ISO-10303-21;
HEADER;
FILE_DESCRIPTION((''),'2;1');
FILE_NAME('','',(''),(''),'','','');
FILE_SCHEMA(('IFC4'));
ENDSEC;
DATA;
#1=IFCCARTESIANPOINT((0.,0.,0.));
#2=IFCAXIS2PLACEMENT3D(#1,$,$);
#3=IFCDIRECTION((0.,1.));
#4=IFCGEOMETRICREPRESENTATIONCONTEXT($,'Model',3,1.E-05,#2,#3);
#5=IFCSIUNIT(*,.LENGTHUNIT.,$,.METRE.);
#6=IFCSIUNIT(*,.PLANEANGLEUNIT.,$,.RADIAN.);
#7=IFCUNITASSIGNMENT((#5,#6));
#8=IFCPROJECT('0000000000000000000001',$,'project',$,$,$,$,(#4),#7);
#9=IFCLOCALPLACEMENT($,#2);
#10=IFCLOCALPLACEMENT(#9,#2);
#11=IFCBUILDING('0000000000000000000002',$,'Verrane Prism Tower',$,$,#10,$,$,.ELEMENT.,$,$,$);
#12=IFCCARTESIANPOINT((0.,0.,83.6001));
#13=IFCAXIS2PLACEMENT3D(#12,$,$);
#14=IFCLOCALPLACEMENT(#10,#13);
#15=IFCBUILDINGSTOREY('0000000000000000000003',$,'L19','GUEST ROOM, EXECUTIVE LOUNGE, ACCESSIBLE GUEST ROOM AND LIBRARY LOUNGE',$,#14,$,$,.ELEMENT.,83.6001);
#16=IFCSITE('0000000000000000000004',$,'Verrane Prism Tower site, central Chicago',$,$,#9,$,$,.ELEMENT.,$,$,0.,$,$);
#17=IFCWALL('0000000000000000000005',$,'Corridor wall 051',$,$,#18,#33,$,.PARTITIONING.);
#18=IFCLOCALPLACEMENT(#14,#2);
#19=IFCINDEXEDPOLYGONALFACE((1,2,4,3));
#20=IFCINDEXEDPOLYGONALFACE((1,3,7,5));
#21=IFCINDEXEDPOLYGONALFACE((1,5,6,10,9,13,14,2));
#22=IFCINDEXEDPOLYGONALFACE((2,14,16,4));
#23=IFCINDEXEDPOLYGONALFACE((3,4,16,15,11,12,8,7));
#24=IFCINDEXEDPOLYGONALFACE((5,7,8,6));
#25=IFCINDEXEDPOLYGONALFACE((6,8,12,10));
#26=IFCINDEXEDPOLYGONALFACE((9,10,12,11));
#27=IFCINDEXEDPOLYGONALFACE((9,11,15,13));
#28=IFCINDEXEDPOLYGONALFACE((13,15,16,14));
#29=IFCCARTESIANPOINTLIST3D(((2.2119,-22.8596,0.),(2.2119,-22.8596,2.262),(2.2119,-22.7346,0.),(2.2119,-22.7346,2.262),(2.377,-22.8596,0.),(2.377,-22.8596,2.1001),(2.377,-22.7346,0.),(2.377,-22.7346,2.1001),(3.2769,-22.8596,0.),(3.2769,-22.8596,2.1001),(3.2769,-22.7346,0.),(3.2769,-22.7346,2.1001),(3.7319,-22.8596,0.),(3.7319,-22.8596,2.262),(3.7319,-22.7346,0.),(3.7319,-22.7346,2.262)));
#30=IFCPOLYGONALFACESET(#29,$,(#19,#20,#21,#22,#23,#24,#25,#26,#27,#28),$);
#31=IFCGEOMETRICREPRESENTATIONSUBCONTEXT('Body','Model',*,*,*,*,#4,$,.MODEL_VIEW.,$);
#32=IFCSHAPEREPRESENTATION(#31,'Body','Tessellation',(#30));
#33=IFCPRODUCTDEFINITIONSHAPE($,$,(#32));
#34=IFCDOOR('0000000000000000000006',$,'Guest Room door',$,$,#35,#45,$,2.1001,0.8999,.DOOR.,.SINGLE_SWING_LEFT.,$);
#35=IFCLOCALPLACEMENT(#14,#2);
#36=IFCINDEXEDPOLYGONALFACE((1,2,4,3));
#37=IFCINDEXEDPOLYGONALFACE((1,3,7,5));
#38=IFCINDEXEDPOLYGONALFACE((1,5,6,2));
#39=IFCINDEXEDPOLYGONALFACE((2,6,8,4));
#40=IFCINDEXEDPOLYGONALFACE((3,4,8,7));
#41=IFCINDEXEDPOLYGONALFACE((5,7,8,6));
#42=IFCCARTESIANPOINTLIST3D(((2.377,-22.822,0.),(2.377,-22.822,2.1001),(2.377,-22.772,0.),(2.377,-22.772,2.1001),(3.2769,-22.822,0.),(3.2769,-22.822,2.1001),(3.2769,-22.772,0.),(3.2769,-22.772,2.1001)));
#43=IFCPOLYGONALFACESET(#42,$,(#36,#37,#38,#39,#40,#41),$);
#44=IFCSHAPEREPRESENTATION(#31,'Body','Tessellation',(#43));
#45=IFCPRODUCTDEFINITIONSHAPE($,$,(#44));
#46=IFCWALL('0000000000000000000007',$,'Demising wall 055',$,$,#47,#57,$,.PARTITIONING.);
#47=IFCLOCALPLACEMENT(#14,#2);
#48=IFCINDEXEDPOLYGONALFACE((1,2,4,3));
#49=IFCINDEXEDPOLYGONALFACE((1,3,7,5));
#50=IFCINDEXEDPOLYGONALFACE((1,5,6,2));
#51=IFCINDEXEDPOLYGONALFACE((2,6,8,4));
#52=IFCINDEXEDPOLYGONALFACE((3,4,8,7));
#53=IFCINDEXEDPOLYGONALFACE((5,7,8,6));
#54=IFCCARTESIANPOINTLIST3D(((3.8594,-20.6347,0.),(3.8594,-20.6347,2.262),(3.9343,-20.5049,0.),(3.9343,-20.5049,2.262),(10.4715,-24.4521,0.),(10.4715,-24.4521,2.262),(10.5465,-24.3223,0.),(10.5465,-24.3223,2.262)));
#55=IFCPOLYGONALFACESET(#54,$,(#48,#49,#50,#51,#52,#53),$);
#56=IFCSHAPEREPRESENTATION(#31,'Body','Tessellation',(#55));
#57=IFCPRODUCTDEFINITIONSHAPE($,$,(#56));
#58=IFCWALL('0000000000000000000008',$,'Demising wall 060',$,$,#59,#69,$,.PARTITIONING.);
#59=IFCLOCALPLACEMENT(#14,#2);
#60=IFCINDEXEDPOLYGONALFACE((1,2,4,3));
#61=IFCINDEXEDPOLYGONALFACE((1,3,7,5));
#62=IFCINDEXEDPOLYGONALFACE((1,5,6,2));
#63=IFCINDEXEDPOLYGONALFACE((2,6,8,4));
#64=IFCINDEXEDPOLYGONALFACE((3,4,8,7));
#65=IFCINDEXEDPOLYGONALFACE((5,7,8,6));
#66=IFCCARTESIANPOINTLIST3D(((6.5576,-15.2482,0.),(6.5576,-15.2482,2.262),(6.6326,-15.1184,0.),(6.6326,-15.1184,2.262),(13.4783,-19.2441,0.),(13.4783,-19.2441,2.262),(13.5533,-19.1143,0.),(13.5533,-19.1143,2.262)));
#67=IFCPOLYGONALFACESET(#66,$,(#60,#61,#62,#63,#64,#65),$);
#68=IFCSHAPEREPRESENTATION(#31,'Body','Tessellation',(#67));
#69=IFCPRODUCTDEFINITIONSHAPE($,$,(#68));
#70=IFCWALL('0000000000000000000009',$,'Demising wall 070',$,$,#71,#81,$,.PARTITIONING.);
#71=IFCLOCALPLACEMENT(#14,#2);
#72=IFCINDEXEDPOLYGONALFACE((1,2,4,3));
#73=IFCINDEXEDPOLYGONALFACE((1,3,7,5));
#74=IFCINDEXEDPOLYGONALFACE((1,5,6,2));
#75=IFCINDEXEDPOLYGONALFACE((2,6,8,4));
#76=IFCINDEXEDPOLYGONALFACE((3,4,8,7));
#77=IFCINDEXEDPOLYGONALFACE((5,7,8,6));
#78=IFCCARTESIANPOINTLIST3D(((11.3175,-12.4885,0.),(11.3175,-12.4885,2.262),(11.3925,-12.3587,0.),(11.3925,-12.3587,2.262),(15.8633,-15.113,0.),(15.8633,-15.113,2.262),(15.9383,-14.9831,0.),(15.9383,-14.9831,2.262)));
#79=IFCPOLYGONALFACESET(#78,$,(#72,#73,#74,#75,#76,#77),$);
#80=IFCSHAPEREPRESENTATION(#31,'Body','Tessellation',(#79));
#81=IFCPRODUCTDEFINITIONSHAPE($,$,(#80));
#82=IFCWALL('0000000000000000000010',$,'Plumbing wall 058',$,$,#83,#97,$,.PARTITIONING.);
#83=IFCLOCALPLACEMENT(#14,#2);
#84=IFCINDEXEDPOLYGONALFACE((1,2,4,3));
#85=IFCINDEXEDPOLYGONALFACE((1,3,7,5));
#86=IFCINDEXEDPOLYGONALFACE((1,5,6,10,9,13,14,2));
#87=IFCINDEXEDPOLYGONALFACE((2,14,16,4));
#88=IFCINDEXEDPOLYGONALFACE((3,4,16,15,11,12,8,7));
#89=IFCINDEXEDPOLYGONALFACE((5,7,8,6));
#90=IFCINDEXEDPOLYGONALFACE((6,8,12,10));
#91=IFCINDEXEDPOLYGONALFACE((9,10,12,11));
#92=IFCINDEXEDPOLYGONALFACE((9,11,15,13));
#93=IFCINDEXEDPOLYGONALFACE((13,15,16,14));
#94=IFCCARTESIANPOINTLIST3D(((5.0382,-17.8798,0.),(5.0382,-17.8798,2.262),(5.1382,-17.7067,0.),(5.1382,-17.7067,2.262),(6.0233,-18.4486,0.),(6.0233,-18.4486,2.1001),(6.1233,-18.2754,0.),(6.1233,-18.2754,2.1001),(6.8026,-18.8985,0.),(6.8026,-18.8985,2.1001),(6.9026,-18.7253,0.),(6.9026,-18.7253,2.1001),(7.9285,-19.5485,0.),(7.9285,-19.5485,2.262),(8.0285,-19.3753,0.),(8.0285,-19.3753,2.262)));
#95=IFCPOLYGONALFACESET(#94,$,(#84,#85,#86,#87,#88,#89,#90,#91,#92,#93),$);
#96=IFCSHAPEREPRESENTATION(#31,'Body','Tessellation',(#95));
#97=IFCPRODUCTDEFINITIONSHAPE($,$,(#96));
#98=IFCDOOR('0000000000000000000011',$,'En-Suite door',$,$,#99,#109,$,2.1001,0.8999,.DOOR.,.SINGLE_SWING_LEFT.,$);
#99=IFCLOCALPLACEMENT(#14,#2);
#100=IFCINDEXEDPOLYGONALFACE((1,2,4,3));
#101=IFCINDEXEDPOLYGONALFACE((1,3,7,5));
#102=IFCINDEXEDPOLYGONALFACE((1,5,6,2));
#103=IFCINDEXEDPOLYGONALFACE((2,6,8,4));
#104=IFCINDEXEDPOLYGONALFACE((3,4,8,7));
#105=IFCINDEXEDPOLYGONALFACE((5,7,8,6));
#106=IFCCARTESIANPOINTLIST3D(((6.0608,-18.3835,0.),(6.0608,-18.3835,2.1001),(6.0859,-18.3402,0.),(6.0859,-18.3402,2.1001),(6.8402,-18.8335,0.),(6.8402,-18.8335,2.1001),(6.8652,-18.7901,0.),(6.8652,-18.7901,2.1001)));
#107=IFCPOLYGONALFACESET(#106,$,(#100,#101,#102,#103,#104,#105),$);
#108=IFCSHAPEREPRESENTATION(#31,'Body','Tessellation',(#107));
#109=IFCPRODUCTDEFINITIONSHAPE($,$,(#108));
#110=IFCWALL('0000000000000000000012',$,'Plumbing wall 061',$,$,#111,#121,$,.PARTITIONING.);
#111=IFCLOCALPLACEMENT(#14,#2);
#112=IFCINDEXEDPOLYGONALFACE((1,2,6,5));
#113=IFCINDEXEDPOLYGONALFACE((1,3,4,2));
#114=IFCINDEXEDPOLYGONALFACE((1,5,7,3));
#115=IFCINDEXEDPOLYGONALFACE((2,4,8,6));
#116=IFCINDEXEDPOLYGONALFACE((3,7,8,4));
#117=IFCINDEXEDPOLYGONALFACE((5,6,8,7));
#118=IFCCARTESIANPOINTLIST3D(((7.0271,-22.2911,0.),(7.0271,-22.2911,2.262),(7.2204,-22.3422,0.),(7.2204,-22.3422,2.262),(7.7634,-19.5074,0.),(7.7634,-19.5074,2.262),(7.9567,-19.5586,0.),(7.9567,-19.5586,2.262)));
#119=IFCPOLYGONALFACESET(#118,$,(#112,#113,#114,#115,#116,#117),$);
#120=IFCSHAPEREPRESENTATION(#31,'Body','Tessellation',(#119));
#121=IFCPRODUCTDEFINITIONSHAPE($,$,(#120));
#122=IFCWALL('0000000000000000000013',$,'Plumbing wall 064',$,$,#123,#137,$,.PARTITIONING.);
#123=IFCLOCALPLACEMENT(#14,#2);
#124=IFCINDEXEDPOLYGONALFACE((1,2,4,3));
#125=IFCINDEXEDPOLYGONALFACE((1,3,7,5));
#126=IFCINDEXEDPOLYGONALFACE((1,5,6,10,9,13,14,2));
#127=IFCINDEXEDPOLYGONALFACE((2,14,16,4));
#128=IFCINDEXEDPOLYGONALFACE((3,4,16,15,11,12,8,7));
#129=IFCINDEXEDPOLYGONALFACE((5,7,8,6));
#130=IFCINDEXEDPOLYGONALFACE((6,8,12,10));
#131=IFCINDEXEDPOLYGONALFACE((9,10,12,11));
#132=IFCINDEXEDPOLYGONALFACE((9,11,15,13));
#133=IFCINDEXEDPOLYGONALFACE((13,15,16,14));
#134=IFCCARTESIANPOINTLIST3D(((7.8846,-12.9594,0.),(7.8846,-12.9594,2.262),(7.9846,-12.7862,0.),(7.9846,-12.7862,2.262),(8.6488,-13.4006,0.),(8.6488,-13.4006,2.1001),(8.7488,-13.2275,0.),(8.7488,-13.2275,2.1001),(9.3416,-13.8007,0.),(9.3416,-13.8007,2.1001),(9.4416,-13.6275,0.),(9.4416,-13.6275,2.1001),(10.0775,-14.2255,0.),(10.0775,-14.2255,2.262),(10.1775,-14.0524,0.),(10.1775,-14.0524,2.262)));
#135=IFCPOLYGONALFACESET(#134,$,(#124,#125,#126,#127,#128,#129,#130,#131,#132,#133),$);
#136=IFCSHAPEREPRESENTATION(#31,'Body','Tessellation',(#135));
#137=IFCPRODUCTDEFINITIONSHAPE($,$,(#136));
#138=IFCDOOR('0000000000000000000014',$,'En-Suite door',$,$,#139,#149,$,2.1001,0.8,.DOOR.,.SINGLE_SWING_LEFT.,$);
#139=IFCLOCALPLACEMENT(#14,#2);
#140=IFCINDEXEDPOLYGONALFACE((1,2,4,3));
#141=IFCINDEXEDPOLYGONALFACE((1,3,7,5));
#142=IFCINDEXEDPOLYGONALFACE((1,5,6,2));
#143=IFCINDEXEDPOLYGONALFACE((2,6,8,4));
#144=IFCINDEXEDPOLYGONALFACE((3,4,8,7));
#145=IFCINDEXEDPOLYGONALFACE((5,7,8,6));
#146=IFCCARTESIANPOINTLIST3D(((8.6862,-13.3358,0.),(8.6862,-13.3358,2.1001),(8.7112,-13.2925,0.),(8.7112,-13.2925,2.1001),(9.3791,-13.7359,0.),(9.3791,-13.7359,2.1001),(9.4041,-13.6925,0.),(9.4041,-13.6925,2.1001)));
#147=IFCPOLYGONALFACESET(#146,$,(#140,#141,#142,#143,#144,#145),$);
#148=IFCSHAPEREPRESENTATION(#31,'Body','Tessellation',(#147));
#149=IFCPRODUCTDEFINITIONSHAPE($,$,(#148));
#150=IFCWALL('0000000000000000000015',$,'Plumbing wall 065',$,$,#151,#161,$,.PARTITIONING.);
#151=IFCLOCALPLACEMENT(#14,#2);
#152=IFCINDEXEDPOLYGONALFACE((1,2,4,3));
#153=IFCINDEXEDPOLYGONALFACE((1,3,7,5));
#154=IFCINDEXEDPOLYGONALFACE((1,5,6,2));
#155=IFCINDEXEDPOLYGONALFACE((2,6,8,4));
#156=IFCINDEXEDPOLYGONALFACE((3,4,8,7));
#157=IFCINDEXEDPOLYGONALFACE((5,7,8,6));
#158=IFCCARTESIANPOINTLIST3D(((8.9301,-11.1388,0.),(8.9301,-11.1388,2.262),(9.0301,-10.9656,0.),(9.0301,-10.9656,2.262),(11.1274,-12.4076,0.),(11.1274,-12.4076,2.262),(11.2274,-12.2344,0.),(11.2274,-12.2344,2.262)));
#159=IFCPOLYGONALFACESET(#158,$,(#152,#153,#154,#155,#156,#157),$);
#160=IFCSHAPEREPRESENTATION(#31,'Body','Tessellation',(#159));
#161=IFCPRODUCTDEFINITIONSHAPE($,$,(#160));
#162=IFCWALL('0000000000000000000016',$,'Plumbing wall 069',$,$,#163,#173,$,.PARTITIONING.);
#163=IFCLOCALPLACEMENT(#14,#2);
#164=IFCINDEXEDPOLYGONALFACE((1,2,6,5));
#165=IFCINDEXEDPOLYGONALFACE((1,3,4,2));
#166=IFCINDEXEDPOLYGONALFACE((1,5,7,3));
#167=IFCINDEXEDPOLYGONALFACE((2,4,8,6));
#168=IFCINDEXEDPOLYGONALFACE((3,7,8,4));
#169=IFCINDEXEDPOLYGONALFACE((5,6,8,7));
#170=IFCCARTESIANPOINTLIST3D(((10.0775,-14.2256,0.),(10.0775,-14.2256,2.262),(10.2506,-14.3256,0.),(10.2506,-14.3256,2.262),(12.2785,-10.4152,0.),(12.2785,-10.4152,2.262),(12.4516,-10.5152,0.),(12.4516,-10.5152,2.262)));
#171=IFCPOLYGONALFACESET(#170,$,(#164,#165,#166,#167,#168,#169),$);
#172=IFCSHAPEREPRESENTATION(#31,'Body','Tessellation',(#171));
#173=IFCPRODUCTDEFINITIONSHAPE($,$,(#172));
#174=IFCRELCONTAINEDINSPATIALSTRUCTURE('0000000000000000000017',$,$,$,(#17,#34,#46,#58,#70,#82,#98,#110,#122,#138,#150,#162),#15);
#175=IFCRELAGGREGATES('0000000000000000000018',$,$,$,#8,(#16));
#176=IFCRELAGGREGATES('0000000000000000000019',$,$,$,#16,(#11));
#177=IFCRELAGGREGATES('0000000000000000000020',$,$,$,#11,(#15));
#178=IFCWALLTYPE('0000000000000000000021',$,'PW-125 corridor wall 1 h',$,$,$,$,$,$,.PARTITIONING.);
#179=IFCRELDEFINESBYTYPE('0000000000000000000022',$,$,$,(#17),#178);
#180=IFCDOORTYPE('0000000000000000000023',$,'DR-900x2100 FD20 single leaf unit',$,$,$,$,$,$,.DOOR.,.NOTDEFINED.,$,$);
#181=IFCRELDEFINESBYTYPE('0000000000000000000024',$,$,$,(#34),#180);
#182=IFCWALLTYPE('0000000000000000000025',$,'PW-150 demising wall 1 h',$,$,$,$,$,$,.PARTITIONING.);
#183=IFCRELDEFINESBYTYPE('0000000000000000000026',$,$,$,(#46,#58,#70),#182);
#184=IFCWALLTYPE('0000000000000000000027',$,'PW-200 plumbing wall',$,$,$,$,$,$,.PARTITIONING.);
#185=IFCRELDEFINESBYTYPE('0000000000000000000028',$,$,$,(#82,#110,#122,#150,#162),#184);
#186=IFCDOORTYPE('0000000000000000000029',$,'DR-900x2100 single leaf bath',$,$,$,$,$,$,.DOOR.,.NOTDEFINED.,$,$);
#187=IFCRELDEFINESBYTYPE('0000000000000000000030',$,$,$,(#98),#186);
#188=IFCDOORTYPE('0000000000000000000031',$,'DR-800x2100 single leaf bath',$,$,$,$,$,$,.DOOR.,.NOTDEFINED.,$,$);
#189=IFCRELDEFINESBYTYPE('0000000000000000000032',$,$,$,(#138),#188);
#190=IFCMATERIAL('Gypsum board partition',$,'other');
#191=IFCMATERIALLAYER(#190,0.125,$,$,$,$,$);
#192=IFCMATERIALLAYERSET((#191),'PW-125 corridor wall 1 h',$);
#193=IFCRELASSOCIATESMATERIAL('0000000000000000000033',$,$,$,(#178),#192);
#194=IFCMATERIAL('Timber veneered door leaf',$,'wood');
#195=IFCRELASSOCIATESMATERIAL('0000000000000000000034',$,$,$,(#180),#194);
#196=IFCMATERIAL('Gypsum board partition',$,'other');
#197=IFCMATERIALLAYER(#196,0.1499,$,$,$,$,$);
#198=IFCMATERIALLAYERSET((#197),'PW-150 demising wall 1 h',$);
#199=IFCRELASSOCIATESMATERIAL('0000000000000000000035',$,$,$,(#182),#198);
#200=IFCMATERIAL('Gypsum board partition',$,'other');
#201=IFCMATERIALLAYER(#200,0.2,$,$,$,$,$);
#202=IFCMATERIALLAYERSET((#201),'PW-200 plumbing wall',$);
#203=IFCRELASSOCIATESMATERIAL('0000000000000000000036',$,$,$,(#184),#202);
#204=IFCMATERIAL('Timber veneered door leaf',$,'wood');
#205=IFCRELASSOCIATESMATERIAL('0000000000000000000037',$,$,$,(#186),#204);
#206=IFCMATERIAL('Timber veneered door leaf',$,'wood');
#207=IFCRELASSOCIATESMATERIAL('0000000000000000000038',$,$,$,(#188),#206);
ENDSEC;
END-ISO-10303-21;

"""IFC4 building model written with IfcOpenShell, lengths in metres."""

from ifc_helpers import new_model, si_unit, direction, frame, frame_2d, origin, place, context, subcontext, project, spatial, rectangle, extrude, material, layer, layer_set, type_object, element, fill, save


model = new_model("IFC4")

# Units and contexts
model_context = context("Model", 3, precision=1e-05, world=origin(), true_north=direction((0.0, 1.0)))
body_context = subcontext(model_context, "Body", "Model", "MODEL_VIEW")
ifc_project = project(units=[si_unit("LENGTHUNIT", "METRE"), si_unit("PLANEANGLEUNIT", "RADIAN")], contexts=[model_context])

# Site, building, storey
site_placement = place(None, origin())
site = spatial("IfcSite", under=ifc_project, at=site_placement, Name="Verrane Prism Tower site, central Chicago", CompositionType="ELEMENT", RefElevation=0.0)
building_placement = place(site_placement, origin())
building = spatial("IfcBuilding", under=site, at=building_placement, Name="Verrane Prism Tower", CompositionType="ELEMENT")
storey_placement = place(building_placement, frame((0.0, 0.0, 83.6001)))
storey = spatial("IfcBuildingStorey", under=building, at=storey_placement, Name="L19", Description="GUEST ROOM, EXECUTIVE LOUNGE, ACCESSIBLE GUEST ROOM AND LIBRARY LOUNGE", CompositionType="ELEMENT", Elevation=83.6001)

# Wall, opening, door
ifc_material_1 = material(Name="Gypsum board partition", Category="other")
ifc_layer_1 = layer(ifc_material_1, 0.125)
ifc_layer_set_1 = layer_set([ifc_layer_1], Name="PW-125 corridor wall 1 h")
wall_type_1 = type_object("IfcWallType", Name="PW-125 corridor wall 1 h", PredefinedType="PARTITIONING", material=ifc_layer_set_1)
wall_1_placement = place(storey_placement, frame((3.7319, -22.7971, 0.0), z_axis=(0.0, 0.0, 1.0), x_axis=(-1.0, 0.0, 0.0)))
wall_1 = element("IfcWall", 1, at=wall_1_placement, inside=storey, type_object=wall_type_1, Name="Corridor wall 051", PredefinedType="PARTITIONING", context=body_context, shape_type="SweptSolid", body=[
    extrude(rectangle(XDim=1.52, YDim=0.125, at=frame_2d((0.76, 0.0))), origin(), (0.0, 0.0, 1.0), 2.262),
])
opening_1_placement = place(wall_1_placement, frame((0.4551, 0.0, 0.0)))
opening_1 = element("IfcOpeningElement", 2, at=opening_1_placement, cuts=wall_1, PredefinedType="OPENING", context=body_context, shape_type="SweptSolid", body=[
    extrude(rectangle(XDim=0.8999, YDim=2.1001, at=frame_2d((0.45, 1.05))), frame((0.0, 0.0725, 0.0), z_axis=(0.0, -1.0, 0.0), x_axis=(1.0, 0.0, 0.0)), (0.0, 0.0, 1.0), 0.145),
])
ifc_material_2 = material(Name="Timber veneered door leaf", Category="wood")
door_type_1 = type_object("IfcDoorType", Name="DR-900x2100 FD20 single leaf unit", OperationType="NOTDEFINED", PredefinedType="DOOR", material=ifc_material_2)
door_1_placement = place(opening_1_placement, origin())
door_1 = element("IfcDoor", 3, at=door_1_placement, inside=storey, type_object=door_type_1, Name="Guest Room door", OperationType="SINGLE_SWING_LEFT", OverallHeight=2.1001, OverallWidth=0.8999, PredefinedType="DOOR", context=body_context, shape_type="SweptSolid", body=[
    extrude(rectangle(XDim=0.8999, YDim=2.1001, at=frame_2d((0.45, 1.05))), frame((0.0, 0.0249, 0.0), z_axis=(0.0, -1.0, 0.0), x_axis=(1.0, 0.0, 0.0)), (0.0, 0.0, 1.0), 0.05),
])
fill(opening_1, door_1)

# Walls
ifc_material_3 = material(Name="Gypsum board partition", Category="other")
ifc_layer_2 = layer(ifc_material_3, 0.1499)
ifc_layer_set_2 = layer_set([ifc_layer_2], Name="PW-150 demising wall 1 h")
wall_type_2 = type_object("IfcWallType", Name="PW-150 demising wall 1 h", PredefinedType="PARTITIONING", material=ifc_layer_set_2)
wall_2_placement = place(storey_placement, frame((3.897, -20.5698, 0.0), z_axis=(0.0, 0.0, 1.0), x_axis=(0.866031, -0.499991, 0.0)))
element("IfcWall", 4, at=wall_2_placement, inside=storey, type_object=wall_type_2, Name="Demising wall 055", PredefinedType="PARTITIONING", context=body_context, shape_type="SweptSolid", body=[
    extrude(rectangle(XDim=7.635, YDim=0.1499, at=frame_2d((3.8174, 0.0))), origin(), (0.0, 0.0, 1.0), 2.262),
])
wall_3_placement = place(storey_placement, frame((6.5952, -15.1833, 0.0), z_axis=(0.0, 0.0, 1.0), x_axis=(0.866014, -0.50002, 0.0)))
element("IfcWall", 5, at=wall_3_placement, inside=storey, type_object=wall_type_2, Name="Demising wall 060", PredefinedType="PARTITIONING", context=body_context, shape_type="SweptSolid", body=[
    extrude(rectangle(XDim=7.9915, YDim=0.1499, at=frame_2d((3.9956, 0.0))), origin(), (0.0, 0.0, 1.0), 2.262),
])
wall_4_placement = place(storey_placement, frame((11.355, -12.4236, 0.0), z_axis=(0.0, 0.0, 1.0), x_axis=(0.866031, -0.499991, 0.0)))
element("IfcWall", 6, at=wall_4_placement, inside=storey, type_object=wall_type_2, Name="Demising wall 070", PredefinedType="PARTITIONING", context=body_context, shape_type="SweptSolid", body=[
    extrude(rectangle(XDim=5.249, YDim=0.1499, at=frame_2d((2.6245, 0.0))), origin(), (0.0, 0.0, 1.0), 2.262),
])

# Wall, opening, door
ifc_material_4 = material(Name="Gypsum board partition", Category="other")
ifc_layer_3 = layer(ifc_material_4, 0.2)
ifc_layer_set_3 = layer_set([ifc_layer_3], Name="PW-200 plumbing wall")
wall_type_3 = type_object("IfcWallType", Name="PW-200 plumbing wall", PredefinedType="PARTITIONING", material=ifc_layer_set_3)
wall_5_placement = place(storey_placement, frame((7.9785, -19.4619, 0.0), z_axis=(0.0, 0.0, 1.0), x_axis=(-0.866033, 0.499986, 0.0)))
wall_5 = element("IfcWall", 7, at=wall_5_placement, inside=storey, type_object=wall_type_3, Name="Plumbing wall 058", PredefinedType="PARTITIONING", context=body_context, shape_type="SweptSolid", body=[
    extrude(rectangle(XDim=3.3374, YDim=0.2, at=frame_2d((1.6687, 0.0))), origin(), (0.0, 0.0, 1.0), 2.262),
])
opening_2_placement = place(wall_5_placement, frame((1.3, 0.0, 0.0)))
opening_2 = element("IfcOpeningElement", 8, at=opening_2_placement, cuts=wall_5, PredefinedType="OPENING", context=body_context, shape_type="SweptSolid", body=[
    extrude(rectangle(XDim=0.8999, YDim=2.1001, at=frame_2d((0.45, 1.05))), frame((0.0, 0.1099, 0.0), z_axis=(0.0, -1.0, 0.0), x_axis=(1.0, 0.0, 0.0)), (0.0, 0.0, 1.0), 0.22),
])
ifc_material_5 = material(Name="Timber veneered door leaf", Category="wood")
door_type_2 = type_object("IfcDoorType", Name="DR-900x2100 single leaf bath", OperationType="NOTDEFINED", PredefinedType="DOOR", material=ifc_material_5)
door_2_placement = place(opening_2_placement, origin())
door_2 = element("IfcDoor", 9, at=door_2_placement, inside=storey, type_object=door_type_2, Name="En-Suite door", OperationType="SINGLE_SWING_LEFT", OverallHeight=2.1001, OverallWidth=0.8999, PredefinedType="DOOR", context=body_context, shape_type="SweptSolid", body=[
    extrude(rectangle(XDim=0.8999, YDim=2.1001, at=frame_2d((0.45, 1.05))), frame((0.0, 0.0249, 0.0), z_axis=(0.0, -1.0, 0.0), x_axis=(1.0, 0.0, 0.0)), (0.0, 0.0, 1.0), 0.05),
])
fill(opening_2, door_2)

# Wall
wall_6_placement = place(storey_placement, frame((7.1238, -22.3167, 0.0), z_axis=(0.0, 0.0, 1.0), x_axis=(0.25572, 0.966751, 0.0)))
element("IfcWall", 10, at=wall_6_placement, inside=storey, type_object=wall_type_3, Name="Plumbing wall 061", PredefinedType="PARTITIONING", context=body_context, shape_type="SweptSolid", body=[
    extrude(rectangle(XDim=2.8794, YDim=0.2, at=frame_2d((1.4397, 0.0))), origin(), (0.0, 0.0, 1.0), 2.262),
])

# Wall, opening, door
wall_7_placement = place(storey_placement, frame((7.9346, -12.8728, 0.0), z_axis=(0.0, 0.0, 1.0), x_axis=(0.866015, -0.500017, 0.0)))
wall_7 = element("IfcWall", 11, at=wall_7_placement, inside=storey, type_object=wall_type_3, Name="Plumbing wall 064", PredefinedType="PARTITIONING", context=body_context, shape_type="SweptSolid", body=[
    extrude(rectangle(XDim=2.5322, YDim=0.2, at=frame_2d((1.2661, 0.0))), origin(), (0.0, 0.0, 1.0), 2.262),
])
opening_3_placement = place(wall_7_placement, frame((0.8826, 0.0, 0.0)))
opening_3 = element("IfcOpeningElement", 12, at=opening_3_placement, cuts=wall_7, PredefinedType="OPENING", context=body_context, shape_type="SweptSolid", body=[
    extrude(rectangle(XDim=0.8, YDim=2.1001, at=frame_2d((0.3999, 1.05))), frame((0.0, 0.1099, 0.0), z_axis=(0.0, -1.0, 0.0), x_axis=(1.0, 0.0, 0.0)), (0.0, 0.0, 1.0), 0.22),
])
ifc_material_6 = material(Name="Timber veneered door leaf", Category="wood")
door_type_3 = type_object("IfcDoorType", Name="DR-800x2100 single leaf bath", OperationType="NOTDEFINED", PredefinedType="DOOR", material=ifc_material_6)
door_3_placement = place(opening_3_placement, origin())
door_3 = element("IfcDoor", 13, at=door_3_placement, inside=storey, type_object=door_type_3, Name="En-Suite door", OperationType="SINGLE_SWING_LEFT", OverallHeight=2.1001, OverallWidth=0.8, PredefinedType="DOOR", context=body_context, shape_type="SweptSolid", body=[
    extrude(rectangle(XDim=0.8, YDim=2.1001, at=frame_2d((0.3999, 1.05))), frame((0.0, 0.0249, 0.0), z_axis=(0.0, -1.0, 0.0), x_axis=(1.0, 0.0, 0.0)), (0.0, 0.0, 1.0), 0.05),
])
fill(opening_3, door_3)

# Walls
wall_8_placement = place(storey_placement, frame((8.9802, -11.0522, 0.0), z_axis=(0.0, 0.0, 1.0), x_axis=(0.86599, -0.500061, 0.0)))
element("IfcWall", 14, at=wall_8_placement, inside=storey, type_object=wall_type_3, Name="Plumbing wall 065", PredefinedType="PARTITIONING", context=body_context, shape_type="SweptSolid", body=[
    extrude(rectangle(XDim=2.5374, YDim=0.2, at=frame_2d((1.2686, 0.0))), origin(), (0.0, 0.0, 1.0), 2.262),
])
wall_9_placement = place(storey_placement, frame((10.1641, -14.2756, 0.0), z_axis=(0.0, 0.0, 1.0), x_axis=(0.500179, 0.865922, 0.0)))
element("IfcWall", 15, at=wall_9_placement, inside=storey, type_object=wall_type_3, Name="Plumbing wall 069", PredefinedType="PARTITIONING", context=body_context, shape_type="SweptSolid", body=[
    extrude(rectangle(XDim=4.4004, YDim=0.2, at=frame_2d((2.2002, 0.0))), origin(), (0.0, 0.0, 1.0), 2.262),
])

save(model, "model.ifc")
